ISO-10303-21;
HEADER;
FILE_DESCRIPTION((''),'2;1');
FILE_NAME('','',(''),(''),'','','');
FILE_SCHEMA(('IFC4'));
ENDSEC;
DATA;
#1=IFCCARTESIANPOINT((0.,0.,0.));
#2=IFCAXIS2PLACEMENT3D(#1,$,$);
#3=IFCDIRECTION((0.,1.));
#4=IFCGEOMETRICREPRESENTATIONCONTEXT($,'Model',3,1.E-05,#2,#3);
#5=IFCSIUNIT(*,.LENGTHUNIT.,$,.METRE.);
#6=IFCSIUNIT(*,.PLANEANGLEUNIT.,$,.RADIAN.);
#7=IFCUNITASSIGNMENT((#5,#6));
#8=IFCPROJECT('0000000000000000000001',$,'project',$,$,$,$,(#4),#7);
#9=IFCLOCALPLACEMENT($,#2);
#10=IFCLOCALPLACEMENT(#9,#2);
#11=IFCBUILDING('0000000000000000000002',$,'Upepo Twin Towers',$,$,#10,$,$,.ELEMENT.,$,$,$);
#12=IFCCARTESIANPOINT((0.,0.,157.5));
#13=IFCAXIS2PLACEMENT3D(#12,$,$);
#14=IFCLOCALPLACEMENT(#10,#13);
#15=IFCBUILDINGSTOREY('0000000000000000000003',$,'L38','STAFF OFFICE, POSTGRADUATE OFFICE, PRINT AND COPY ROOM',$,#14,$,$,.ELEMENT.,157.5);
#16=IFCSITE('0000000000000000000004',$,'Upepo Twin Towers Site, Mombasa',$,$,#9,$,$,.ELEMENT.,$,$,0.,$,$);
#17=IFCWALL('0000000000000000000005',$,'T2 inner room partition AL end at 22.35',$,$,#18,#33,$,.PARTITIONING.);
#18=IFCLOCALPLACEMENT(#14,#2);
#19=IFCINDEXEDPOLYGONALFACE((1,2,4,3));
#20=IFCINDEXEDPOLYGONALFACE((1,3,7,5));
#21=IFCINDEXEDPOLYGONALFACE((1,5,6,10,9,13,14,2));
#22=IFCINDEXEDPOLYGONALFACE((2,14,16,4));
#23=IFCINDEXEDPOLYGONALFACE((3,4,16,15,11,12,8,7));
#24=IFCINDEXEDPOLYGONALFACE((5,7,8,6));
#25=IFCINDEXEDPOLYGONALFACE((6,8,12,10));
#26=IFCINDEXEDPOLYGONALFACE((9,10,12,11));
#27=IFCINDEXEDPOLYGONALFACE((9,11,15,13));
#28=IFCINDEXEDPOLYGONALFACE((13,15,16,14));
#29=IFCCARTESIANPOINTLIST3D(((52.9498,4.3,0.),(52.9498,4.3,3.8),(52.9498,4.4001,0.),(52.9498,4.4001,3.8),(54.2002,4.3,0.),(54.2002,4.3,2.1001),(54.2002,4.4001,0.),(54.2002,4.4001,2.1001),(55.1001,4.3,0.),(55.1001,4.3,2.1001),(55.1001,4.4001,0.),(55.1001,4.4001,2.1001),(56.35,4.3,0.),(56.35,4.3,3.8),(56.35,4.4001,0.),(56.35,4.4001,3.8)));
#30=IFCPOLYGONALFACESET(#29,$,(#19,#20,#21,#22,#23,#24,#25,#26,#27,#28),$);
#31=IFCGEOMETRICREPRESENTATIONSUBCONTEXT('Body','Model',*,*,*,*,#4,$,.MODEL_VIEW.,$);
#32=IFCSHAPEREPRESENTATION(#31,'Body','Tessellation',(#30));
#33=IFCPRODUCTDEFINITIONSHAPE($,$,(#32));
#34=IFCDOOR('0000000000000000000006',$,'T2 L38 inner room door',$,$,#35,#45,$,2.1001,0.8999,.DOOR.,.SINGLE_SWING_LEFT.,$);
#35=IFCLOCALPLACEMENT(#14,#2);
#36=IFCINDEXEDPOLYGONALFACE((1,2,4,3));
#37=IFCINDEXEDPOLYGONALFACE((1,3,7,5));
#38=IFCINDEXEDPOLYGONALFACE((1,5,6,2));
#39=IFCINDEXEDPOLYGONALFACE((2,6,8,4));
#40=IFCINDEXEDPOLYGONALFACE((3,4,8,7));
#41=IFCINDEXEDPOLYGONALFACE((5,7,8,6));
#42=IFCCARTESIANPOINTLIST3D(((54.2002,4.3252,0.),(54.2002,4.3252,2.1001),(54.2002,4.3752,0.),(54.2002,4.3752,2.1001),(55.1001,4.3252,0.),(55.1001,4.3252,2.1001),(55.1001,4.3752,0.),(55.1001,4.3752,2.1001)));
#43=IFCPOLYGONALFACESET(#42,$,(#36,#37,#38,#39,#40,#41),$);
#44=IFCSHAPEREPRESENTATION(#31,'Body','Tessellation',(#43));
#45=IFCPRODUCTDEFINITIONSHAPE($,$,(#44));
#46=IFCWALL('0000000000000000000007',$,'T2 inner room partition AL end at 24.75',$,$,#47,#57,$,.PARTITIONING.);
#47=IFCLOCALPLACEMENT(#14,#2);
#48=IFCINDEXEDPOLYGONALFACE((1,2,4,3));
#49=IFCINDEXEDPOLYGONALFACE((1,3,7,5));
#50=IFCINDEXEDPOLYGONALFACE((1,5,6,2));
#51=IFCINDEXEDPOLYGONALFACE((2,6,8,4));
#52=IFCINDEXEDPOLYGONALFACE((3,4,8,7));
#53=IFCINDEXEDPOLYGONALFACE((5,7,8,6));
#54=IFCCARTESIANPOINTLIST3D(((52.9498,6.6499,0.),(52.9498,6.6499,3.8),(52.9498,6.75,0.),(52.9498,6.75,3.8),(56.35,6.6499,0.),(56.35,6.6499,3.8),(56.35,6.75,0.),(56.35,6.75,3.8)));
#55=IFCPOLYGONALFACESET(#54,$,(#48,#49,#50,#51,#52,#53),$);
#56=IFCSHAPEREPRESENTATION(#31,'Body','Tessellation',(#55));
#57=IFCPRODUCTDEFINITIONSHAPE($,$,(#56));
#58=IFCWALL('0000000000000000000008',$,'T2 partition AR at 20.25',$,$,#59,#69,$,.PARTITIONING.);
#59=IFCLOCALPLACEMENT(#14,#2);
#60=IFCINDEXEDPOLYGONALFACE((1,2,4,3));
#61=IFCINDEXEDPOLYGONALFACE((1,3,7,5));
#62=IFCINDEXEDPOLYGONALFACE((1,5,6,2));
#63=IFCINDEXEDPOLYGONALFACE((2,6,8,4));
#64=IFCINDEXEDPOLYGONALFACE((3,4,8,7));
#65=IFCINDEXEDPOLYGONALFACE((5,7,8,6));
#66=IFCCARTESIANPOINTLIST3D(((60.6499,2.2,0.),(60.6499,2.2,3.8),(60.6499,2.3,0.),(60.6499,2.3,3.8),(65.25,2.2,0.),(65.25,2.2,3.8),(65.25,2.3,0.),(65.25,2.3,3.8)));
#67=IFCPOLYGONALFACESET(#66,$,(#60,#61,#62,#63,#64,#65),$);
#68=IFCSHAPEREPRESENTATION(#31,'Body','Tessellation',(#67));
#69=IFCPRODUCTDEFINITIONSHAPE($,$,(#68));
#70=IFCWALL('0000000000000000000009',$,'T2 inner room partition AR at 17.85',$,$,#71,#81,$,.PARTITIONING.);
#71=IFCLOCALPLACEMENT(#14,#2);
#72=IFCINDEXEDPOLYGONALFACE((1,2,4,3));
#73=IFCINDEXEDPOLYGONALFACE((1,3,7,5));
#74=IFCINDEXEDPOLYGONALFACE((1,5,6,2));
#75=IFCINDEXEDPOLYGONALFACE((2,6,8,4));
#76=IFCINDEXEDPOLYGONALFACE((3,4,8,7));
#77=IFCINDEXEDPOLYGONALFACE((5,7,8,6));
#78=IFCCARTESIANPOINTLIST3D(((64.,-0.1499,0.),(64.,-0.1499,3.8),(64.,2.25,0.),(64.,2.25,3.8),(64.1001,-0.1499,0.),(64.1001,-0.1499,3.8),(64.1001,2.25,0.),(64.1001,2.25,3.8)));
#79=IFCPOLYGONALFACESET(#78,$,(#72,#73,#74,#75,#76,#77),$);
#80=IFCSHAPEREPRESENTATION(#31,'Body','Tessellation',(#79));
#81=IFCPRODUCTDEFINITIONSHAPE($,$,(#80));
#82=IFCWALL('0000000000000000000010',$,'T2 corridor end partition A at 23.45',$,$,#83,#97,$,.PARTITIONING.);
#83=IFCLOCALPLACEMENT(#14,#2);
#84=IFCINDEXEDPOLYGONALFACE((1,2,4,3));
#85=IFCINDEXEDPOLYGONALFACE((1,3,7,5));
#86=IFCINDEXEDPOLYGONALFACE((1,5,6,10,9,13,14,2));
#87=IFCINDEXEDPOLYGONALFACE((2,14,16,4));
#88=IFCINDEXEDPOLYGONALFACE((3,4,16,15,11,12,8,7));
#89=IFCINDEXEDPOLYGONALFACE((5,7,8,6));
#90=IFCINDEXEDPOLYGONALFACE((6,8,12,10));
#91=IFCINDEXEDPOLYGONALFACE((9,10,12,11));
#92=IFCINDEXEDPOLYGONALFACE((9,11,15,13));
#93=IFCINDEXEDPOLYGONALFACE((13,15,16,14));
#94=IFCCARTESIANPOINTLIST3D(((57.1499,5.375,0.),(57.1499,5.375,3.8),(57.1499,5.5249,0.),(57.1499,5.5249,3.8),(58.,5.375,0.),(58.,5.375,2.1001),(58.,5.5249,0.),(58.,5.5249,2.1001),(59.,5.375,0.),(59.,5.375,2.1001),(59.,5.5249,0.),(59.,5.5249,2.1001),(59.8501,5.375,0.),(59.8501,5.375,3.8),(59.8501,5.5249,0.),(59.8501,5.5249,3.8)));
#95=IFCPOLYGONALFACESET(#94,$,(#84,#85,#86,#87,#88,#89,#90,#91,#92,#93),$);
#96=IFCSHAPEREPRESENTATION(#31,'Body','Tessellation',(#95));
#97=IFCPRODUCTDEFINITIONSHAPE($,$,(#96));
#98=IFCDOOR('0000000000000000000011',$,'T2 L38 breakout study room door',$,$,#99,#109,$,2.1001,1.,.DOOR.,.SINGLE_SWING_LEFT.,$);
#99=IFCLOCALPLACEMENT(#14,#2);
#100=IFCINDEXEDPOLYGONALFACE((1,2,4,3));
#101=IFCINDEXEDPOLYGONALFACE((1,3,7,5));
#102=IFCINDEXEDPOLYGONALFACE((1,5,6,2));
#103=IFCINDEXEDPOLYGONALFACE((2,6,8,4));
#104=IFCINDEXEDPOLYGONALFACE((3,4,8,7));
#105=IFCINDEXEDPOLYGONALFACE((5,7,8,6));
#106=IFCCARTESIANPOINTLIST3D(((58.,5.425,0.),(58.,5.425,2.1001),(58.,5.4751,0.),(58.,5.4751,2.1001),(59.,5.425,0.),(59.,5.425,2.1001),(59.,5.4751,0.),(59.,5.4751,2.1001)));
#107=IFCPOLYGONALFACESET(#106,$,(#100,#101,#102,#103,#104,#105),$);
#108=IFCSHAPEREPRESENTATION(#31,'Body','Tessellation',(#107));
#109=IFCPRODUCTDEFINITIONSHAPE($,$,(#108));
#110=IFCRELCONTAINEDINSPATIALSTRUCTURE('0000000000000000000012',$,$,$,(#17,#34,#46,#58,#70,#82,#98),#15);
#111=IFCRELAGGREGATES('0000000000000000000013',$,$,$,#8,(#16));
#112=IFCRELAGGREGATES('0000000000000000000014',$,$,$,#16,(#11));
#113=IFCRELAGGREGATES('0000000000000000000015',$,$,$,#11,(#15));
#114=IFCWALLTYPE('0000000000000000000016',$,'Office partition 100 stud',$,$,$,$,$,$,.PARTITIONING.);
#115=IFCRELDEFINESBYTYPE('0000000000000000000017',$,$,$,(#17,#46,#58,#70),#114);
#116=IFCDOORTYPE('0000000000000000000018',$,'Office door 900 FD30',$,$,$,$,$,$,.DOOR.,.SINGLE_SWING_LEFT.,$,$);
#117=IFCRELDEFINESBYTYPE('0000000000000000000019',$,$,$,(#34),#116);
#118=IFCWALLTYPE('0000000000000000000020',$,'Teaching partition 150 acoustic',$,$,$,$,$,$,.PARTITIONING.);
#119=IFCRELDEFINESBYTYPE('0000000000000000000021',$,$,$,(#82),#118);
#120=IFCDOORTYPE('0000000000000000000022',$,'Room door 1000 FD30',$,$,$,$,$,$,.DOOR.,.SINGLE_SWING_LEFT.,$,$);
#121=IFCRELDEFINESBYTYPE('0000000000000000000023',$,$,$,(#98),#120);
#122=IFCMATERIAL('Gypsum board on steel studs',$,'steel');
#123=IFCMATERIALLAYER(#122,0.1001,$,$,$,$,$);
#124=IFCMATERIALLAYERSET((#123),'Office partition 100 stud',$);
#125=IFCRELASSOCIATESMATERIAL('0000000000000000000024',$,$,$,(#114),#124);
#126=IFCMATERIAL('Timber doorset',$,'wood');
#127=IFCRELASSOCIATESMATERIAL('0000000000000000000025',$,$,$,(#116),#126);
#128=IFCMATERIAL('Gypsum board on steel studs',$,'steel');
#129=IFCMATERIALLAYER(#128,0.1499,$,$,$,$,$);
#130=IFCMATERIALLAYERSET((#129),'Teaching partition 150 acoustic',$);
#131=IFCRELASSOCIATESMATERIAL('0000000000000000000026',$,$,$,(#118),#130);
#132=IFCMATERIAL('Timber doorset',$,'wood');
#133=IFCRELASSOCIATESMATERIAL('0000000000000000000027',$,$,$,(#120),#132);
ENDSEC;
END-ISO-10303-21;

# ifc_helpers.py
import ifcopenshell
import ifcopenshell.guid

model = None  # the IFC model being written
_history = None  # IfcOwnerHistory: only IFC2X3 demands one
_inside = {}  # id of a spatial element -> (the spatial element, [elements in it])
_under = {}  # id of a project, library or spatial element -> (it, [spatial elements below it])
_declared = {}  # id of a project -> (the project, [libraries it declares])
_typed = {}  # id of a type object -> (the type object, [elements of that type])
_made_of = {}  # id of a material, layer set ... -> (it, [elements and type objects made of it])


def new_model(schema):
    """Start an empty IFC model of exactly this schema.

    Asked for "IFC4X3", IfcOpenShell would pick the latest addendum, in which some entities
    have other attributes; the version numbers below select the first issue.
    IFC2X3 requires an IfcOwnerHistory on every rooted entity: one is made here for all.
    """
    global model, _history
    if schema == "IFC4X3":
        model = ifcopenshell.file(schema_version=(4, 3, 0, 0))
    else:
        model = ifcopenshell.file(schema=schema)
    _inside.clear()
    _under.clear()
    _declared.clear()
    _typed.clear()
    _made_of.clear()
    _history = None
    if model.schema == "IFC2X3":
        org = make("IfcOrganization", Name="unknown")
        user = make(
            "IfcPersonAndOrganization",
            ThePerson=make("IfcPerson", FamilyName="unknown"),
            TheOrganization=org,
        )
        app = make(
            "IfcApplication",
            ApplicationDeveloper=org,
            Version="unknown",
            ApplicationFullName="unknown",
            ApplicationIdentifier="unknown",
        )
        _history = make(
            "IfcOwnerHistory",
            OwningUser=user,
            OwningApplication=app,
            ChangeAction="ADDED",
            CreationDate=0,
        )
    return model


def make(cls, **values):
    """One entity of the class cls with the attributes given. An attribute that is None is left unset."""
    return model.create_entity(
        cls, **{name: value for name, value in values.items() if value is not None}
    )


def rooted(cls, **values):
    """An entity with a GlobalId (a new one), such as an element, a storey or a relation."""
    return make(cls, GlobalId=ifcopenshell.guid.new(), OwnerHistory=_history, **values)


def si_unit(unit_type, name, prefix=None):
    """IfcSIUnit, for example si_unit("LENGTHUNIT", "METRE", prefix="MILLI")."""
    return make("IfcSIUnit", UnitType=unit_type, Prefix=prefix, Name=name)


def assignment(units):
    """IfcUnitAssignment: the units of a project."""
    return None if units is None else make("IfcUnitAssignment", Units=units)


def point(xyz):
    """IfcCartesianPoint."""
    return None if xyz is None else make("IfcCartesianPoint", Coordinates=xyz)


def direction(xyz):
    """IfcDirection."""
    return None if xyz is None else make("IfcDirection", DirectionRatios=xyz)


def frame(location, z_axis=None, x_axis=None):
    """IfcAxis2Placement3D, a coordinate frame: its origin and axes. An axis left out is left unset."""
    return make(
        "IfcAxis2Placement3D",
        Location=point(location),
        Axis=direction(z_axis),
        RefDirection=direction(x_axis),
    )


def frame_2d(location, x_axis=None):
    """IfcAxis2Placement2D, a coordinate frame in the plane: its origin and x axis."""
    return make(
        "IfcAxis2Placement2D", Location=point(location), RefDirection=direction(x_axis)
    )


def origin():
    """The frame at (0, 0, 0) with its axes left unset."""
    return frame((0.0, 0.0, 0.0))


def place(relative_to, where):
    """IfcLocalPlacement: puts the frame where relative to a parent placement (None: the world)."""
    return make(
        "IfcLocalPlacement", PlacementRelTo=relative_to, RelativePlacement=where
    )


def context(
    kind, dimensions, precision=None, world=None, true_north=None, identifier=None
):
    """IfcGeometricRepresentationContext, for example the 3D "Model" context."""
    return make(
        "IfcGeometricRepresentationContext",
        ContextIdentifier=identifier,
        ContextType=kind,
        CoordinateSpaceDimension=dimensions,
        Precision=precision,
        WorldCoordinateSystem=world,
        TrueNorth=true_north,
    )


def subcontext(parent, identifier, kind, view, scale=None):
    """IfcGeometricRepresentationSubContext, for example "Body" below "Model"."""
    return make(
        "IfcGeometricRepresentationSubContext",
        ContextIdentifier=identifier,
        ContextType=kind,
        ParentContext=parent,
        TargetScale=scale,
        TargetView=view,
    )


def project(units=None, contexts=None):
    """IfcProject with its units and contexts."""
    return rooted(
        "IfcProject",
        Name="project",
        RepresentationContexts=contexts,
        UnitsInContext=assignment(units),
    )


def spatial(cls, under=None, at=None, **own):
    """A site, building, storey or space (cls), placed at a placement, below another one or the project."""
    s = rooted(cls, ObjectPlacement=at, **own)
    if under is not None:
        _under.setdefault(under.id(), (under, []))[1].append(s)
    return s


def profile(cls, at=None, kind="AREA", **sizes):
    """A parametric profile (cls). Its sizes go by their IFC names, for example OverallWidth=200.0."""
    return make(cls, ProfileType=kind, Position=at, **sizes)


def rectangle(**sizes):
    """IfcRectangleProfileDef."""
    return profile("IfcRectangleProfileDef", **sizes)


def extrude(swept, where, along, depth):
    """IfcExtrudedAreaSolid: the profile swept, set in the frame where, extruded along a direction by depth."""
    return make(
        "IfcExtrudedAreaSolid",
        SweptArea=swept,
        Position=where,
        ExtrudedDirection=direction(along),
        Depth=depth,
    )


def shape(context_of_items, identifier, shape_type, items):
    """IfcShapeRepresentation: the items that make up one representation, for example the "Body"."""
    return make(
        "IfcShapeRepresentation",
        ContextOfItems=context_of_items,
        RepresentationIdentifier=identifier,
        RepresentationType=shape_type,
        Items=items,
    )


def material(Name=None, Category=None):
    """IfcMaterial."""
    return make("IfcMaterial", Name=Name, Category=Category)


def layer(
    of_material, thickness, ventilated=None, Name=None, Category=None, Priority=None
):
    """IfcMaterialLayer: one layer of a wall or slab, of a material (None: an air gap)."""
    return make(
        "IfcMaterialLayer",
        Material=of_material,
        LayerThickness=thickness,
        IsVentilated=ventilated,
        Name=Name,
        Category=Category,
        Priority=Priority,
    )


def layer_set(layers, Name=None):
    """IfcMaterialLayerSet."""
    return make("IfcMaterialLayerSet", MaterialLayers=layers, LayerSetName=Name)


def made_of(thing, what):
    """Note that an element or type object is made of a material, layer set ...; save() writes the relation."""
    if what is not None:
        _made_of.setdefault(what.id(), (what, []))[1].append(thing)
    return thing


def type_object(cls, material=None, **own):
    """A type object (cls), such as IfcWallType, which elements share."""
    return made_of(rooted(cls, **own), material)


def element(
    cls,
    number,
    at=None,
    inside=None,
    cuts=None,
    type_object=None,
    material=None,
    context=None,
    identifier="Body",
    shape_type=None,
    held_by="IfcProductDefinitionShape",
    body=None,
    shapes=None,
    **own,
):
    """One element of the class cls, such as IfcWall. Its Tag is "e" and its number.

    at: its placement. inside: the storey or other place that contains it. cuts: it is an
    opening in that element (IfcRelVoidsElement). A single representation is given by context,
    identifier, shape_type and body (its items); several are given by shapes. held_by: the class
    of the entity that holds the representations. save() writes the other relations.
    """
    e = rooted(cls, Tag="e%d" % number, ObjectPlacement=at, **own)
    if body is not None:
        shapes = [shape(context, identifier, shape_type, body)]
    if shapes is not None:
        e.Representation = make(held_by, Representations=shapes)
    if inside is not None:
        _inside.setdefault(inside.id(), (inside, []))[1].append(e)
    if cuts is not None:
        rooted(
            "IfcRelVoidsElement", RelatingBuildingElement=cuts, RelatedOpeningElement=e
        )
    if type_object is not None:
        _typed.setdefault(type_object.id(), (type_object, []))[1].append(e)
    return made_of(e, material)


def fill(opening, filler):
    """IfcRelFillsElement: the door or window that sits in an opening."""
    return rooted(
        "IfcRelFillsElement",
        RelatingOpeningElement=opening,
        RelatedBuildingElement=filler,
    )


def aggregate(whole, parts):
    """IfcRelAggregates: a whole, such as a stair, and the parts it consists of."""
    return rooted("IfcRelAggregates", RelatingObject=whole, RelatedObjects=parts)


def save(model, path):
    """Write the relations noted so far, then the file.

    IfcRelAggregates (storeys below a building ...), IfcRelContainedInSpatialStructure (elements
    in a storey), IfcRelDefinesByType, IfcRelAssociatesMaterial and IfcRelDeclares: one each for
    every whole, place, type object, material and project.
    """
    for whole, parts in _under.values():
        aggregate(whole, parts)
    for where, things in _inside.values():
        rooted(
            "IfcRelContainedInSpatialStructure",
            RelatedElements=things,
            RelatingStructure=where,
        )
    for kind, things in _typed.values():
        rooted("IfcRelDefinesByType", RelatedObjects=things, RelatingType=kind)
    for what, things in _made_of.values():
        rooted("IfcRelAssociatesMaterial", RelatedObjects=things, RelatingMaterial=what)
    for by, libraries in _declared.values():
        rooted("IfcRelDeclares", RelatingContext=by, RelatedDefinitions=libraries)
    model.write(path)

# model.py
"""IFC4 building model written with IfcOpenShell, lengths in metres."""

from ifc_helpers import new_model, si_unit, direction, frame, frame_2d, origin, place, context, subcontext, project, spatial, rectangle, extrude, material, layer, layer_set, type_object, element, fill, save


model = new_model("IFC4")

# Units and contexts
model_context = context("Model", 3, precision=1e-05, world=origin(), true_north=direction((0.0, 1.0)))
body_context = subcontext(model_context, "Body", "Model", "MODEL_VIEW")
ifc_project = project(units=[si_unit("LENGTHUNIT", "METRE"), si_unit("PLANEANGLEUNIT", "RADIAN")], contexts=[model_context])

# Site, building, storey
site_placement = place(None, origin())
site = spatial("IfcSite", under=ifc_project, at=site_placement, Name="Upepo Twin Towers Site, Mombasa", CompositionType="ELEMENT", RefElevation=0.0)
building_placement = place(site_placement, origin())
building = spatial("IfcBuilding", under=site, at=building_placement, Name="Upepo Twin Towers", CompositionType="ELEMENT")
storey_placement = place(building_placement, frame((0.0, 0.0, 157.5)))
storey = spatial("IfcBuildingStorey", under=building, at=storey_placement, Name="L38", Description="STAFF OFFICE, POSTGRADUATE OFFICE, PRINT AND COPY ROOM", CompositionType="ELEMENT", Elevation=157.5)

# Shared definitions
ifc_material_1 = material(Name="Gypsum board on steel studs", Category="steel")
ifc_layer_1 = layer(ifc_material_1, 0.1001)
ifc_layer_set_1 = layer_set([ifc_layer_1], Name="Office partition 100 stud")
wall_type_1 = type_object("IfcWallType", Name="Office partition 100 stud", PredefinedType="PARTITIONING", material=ifc_layer_set_1)

# Wall, opening, door
wall_1_placement = place(storey_placement, frame((56.3501, 4.3501, 0.0), z_axis=(0.0, 0.0, 1.0), x_axis=(-1.0, 0.0, 0.0)))
wall_1 = element("IfcWall", 1, at=wall_1_placement, inside=storey, type_object=wall_type_1, Name="T2 inner room partition AL end at 22.35", PredefinedType="PARTITIONING", context=body_context, shape_type="SweptSolid", body=[
    extrude(rectangle(XDim=3.4001, YDim=0.1001, at=frame_2d((1.7002, 0.0))), origin(), (0.0, 0.0, 1.0), 3.8),
])
opening_1_placement = place(wall_1_placement, frame((1.25, 0.0, 0.0)))
opening_1 = element("IfcOpeningElement", 2, at=opening_1_placement, cuts=wall_1, PredefinedType="OPENING", context=body_context, shape_type="SweptSolid", body=[
    extrude(rectangle(XDim=0.8999, YDim=2.1001, at=frame_2d((0.45, 1.05))), frame((0.0, 0.0601, 0.0), z_axis=(0.0, -1.0, 0.0), x_axis=(1.0, 0.0, 0.0)), (0.0, 0.0, 1.0), 0.1201),
])
ifc_material_2 = material(Name="Timber doorset", Category="wood")
door_type_1 = type_object("IfcDoorType", Name="Office door 900 FD30", OperationType="SINGLE_SWING_LEFT", PredefinedType="DOOR", material=ifc_material_2)
door_1_placement = place(opening_1_placement, origin())
door_1 = element("IfcDoor", 3, at=door_1_placement, inside=storey, type_object=door_type_1, Name="T2 L38 inner room door", OperationType="SINGLE_SWING_LEFT", OverallHeight=2.1001, OverallWidth=0.8999, PredefinedType="DOOR", context=body_context, shape_type="SweptSolid", body=[
    extrude(rectangle(XDim=0.8999, YDim=2.1001, at=frame_2d((0.45, 1.05))), frame((0.0, 0.0249, 0.0), z_axis=(0.0, -1.0, 0.0), x_axis=(1.0, 0.0, 0.0)), (0.0, 0.0, 1.0), 0.05),
])
fill(opening_1, door_1)

# Walls
wall_2_placement = place(storey_placement, frame((56.3501, 6.7, 0.0), z_axis=(0.0, 0.0, 1.0), x_axis=(-1.0, 0.0, 0.0)))
element("IfcWall", 4, at=wall_2_placement, inside=storey, type_object=wall_type_1, Name="T2 inner room partition AL end at 24.75", PredefinedType="PARTITIONING", context=body_context, shape_type="SweptSolid", body=[
    extrude(rectangle(XDim=3.4001, YDim=0.1001, at=frame_2d((1.7002, 0.0))), origin(), (0.0, 0.0, 1.0), 3.8),
])
wall_3_placement = place(storey_placement, frame((60.6499, 2.25, 0.0), z_axis=(0.0, 0.0, 1.0), x_axis=(1.0, 0.0, 0.0)))
element("IfcWall", 5, at=wall_3_placement, inside=storey, type_object=wall_type_1, Name="T2 partition AR at 20.25", PredefinedType="PARTITIONING", context=body_context, shape_type="SweptSolid", body=[
    extrude(rectangle(XDim=4.6001, YDim=0.1001, at=frame_2d((2.3, 0.0))), origin(), (0.0, 0.0, 1.0), 3.8),
])
wall_4_placement = place(storey_placement, frame((64.05, -0.1499, 0.0), z_axis=(0.0, 0.0, 1.0), x_axis=(0.0, 1.0, 0.0)))
element("IfcWall", 6, at=wall_4_placement, inside=storey, type_object=wall_type_1, Name="T2 inner room partition AR at 17.85", PredefinedType="PARTITIONING", context=body_context, shape_type="SweptSolid", body=[
    extrude(rectangle(XDim=2.3999, YDim=0.1001, at=frame_2d((1.2, 0.0))), origin(), (0.0, 0.0, 1.0), 3.8),
])

# Wall, opening, door
ifc_material_3 = material(Name="Gypsum board on steel studs", Category="steel")
ifc_layer_2 = layer(ifc_material_3, 0.1499)
ifc_layer_set_2 = layer_set([ifc_layer_2], Name="Teaching partition 150 acoustic")
wall_type_2 = type_object("IfcWallType", Name="Teaching partition 150 acoustic", PredefinedType="PARTITIONING", material=ifc_layer_set_2)
wall_5_placement = place(storey_placement, frame((59.8501, 5.45, 0.0), z_axis=(0.0, 0.0, 1.0), x_axis=(-1.0, 0.0, 0.0)))
wall_5 = element("IfcWall", 7, at=wall_5_placement, inside=storey, type_object=wall_type_2, Name="T2 corridor end partition A at 23.45", PredefinedType="PARTITIONING", context=body_context, shape_type="SweptSolid", body=[
    extrude(rectangle(XDim=2.7002, YDim=0.1499, at=frame_2d((1.3501, 0.0))), origin(), (0.0, 0.0, 1.0), 3.8),
])
opening_2_placement = place(wall_5_placement, frame((0.8501, 0.0, 0.0)))
opening_2 = element("IfcOpeningElement", 8, at=opening_2_placement, cuts=wall_5, PredefinedType="OPENING", context=body_context, shape_type="SweptSolid", body=[
    extrude(rectangle(XDim=1.0, YDim=2.1001, at=frame_2d((0.5, 1.05))), frame((0.0, 0.085, 0.0), z_axis=(0.0, -1.0, 0.0), x_axis=(1.0, 0.0, 0.0)), (0.0, 0.0, 1.0), 0.1699),
])
ifc_material_4 = material(Name="Timber doorset", Category="wood")
door_type_2 = type_object("IfcDoorType", Name="Room door 1000 FD30", OperationType="SINGLE_SWING_LEFT", PredefinedType="DOOR", material=ifc_material_4)
door_2_placement = place(opening_2_placement, origin())
door_2 = element("IfcDoor", 9, at=door_2_placement, inside=storey, type_object=door_type_2, Name="T2 L38 breakout study room door", OperationType="SINGLE_SWING_LEFT", OverallHeight=2.1001, OverallWidth=1.0, PredefinedType="DOOR", context=body_context, shape_type="SweptSolid", body=[
    extrude(rectangle(XDim=1.0, YDim=2.1001, at=frame_2d((0.5, 1.05))), frame((0.0, 0.0249, 0.0), z_axis=(0.0, -1.0, 0.0), x_axis=(1.0, 0.0, 0.0)), (0.0, 0.0, 1.0), 0.05),
])
fill(opening_2, door_2)

save(model, "model.ifc")
